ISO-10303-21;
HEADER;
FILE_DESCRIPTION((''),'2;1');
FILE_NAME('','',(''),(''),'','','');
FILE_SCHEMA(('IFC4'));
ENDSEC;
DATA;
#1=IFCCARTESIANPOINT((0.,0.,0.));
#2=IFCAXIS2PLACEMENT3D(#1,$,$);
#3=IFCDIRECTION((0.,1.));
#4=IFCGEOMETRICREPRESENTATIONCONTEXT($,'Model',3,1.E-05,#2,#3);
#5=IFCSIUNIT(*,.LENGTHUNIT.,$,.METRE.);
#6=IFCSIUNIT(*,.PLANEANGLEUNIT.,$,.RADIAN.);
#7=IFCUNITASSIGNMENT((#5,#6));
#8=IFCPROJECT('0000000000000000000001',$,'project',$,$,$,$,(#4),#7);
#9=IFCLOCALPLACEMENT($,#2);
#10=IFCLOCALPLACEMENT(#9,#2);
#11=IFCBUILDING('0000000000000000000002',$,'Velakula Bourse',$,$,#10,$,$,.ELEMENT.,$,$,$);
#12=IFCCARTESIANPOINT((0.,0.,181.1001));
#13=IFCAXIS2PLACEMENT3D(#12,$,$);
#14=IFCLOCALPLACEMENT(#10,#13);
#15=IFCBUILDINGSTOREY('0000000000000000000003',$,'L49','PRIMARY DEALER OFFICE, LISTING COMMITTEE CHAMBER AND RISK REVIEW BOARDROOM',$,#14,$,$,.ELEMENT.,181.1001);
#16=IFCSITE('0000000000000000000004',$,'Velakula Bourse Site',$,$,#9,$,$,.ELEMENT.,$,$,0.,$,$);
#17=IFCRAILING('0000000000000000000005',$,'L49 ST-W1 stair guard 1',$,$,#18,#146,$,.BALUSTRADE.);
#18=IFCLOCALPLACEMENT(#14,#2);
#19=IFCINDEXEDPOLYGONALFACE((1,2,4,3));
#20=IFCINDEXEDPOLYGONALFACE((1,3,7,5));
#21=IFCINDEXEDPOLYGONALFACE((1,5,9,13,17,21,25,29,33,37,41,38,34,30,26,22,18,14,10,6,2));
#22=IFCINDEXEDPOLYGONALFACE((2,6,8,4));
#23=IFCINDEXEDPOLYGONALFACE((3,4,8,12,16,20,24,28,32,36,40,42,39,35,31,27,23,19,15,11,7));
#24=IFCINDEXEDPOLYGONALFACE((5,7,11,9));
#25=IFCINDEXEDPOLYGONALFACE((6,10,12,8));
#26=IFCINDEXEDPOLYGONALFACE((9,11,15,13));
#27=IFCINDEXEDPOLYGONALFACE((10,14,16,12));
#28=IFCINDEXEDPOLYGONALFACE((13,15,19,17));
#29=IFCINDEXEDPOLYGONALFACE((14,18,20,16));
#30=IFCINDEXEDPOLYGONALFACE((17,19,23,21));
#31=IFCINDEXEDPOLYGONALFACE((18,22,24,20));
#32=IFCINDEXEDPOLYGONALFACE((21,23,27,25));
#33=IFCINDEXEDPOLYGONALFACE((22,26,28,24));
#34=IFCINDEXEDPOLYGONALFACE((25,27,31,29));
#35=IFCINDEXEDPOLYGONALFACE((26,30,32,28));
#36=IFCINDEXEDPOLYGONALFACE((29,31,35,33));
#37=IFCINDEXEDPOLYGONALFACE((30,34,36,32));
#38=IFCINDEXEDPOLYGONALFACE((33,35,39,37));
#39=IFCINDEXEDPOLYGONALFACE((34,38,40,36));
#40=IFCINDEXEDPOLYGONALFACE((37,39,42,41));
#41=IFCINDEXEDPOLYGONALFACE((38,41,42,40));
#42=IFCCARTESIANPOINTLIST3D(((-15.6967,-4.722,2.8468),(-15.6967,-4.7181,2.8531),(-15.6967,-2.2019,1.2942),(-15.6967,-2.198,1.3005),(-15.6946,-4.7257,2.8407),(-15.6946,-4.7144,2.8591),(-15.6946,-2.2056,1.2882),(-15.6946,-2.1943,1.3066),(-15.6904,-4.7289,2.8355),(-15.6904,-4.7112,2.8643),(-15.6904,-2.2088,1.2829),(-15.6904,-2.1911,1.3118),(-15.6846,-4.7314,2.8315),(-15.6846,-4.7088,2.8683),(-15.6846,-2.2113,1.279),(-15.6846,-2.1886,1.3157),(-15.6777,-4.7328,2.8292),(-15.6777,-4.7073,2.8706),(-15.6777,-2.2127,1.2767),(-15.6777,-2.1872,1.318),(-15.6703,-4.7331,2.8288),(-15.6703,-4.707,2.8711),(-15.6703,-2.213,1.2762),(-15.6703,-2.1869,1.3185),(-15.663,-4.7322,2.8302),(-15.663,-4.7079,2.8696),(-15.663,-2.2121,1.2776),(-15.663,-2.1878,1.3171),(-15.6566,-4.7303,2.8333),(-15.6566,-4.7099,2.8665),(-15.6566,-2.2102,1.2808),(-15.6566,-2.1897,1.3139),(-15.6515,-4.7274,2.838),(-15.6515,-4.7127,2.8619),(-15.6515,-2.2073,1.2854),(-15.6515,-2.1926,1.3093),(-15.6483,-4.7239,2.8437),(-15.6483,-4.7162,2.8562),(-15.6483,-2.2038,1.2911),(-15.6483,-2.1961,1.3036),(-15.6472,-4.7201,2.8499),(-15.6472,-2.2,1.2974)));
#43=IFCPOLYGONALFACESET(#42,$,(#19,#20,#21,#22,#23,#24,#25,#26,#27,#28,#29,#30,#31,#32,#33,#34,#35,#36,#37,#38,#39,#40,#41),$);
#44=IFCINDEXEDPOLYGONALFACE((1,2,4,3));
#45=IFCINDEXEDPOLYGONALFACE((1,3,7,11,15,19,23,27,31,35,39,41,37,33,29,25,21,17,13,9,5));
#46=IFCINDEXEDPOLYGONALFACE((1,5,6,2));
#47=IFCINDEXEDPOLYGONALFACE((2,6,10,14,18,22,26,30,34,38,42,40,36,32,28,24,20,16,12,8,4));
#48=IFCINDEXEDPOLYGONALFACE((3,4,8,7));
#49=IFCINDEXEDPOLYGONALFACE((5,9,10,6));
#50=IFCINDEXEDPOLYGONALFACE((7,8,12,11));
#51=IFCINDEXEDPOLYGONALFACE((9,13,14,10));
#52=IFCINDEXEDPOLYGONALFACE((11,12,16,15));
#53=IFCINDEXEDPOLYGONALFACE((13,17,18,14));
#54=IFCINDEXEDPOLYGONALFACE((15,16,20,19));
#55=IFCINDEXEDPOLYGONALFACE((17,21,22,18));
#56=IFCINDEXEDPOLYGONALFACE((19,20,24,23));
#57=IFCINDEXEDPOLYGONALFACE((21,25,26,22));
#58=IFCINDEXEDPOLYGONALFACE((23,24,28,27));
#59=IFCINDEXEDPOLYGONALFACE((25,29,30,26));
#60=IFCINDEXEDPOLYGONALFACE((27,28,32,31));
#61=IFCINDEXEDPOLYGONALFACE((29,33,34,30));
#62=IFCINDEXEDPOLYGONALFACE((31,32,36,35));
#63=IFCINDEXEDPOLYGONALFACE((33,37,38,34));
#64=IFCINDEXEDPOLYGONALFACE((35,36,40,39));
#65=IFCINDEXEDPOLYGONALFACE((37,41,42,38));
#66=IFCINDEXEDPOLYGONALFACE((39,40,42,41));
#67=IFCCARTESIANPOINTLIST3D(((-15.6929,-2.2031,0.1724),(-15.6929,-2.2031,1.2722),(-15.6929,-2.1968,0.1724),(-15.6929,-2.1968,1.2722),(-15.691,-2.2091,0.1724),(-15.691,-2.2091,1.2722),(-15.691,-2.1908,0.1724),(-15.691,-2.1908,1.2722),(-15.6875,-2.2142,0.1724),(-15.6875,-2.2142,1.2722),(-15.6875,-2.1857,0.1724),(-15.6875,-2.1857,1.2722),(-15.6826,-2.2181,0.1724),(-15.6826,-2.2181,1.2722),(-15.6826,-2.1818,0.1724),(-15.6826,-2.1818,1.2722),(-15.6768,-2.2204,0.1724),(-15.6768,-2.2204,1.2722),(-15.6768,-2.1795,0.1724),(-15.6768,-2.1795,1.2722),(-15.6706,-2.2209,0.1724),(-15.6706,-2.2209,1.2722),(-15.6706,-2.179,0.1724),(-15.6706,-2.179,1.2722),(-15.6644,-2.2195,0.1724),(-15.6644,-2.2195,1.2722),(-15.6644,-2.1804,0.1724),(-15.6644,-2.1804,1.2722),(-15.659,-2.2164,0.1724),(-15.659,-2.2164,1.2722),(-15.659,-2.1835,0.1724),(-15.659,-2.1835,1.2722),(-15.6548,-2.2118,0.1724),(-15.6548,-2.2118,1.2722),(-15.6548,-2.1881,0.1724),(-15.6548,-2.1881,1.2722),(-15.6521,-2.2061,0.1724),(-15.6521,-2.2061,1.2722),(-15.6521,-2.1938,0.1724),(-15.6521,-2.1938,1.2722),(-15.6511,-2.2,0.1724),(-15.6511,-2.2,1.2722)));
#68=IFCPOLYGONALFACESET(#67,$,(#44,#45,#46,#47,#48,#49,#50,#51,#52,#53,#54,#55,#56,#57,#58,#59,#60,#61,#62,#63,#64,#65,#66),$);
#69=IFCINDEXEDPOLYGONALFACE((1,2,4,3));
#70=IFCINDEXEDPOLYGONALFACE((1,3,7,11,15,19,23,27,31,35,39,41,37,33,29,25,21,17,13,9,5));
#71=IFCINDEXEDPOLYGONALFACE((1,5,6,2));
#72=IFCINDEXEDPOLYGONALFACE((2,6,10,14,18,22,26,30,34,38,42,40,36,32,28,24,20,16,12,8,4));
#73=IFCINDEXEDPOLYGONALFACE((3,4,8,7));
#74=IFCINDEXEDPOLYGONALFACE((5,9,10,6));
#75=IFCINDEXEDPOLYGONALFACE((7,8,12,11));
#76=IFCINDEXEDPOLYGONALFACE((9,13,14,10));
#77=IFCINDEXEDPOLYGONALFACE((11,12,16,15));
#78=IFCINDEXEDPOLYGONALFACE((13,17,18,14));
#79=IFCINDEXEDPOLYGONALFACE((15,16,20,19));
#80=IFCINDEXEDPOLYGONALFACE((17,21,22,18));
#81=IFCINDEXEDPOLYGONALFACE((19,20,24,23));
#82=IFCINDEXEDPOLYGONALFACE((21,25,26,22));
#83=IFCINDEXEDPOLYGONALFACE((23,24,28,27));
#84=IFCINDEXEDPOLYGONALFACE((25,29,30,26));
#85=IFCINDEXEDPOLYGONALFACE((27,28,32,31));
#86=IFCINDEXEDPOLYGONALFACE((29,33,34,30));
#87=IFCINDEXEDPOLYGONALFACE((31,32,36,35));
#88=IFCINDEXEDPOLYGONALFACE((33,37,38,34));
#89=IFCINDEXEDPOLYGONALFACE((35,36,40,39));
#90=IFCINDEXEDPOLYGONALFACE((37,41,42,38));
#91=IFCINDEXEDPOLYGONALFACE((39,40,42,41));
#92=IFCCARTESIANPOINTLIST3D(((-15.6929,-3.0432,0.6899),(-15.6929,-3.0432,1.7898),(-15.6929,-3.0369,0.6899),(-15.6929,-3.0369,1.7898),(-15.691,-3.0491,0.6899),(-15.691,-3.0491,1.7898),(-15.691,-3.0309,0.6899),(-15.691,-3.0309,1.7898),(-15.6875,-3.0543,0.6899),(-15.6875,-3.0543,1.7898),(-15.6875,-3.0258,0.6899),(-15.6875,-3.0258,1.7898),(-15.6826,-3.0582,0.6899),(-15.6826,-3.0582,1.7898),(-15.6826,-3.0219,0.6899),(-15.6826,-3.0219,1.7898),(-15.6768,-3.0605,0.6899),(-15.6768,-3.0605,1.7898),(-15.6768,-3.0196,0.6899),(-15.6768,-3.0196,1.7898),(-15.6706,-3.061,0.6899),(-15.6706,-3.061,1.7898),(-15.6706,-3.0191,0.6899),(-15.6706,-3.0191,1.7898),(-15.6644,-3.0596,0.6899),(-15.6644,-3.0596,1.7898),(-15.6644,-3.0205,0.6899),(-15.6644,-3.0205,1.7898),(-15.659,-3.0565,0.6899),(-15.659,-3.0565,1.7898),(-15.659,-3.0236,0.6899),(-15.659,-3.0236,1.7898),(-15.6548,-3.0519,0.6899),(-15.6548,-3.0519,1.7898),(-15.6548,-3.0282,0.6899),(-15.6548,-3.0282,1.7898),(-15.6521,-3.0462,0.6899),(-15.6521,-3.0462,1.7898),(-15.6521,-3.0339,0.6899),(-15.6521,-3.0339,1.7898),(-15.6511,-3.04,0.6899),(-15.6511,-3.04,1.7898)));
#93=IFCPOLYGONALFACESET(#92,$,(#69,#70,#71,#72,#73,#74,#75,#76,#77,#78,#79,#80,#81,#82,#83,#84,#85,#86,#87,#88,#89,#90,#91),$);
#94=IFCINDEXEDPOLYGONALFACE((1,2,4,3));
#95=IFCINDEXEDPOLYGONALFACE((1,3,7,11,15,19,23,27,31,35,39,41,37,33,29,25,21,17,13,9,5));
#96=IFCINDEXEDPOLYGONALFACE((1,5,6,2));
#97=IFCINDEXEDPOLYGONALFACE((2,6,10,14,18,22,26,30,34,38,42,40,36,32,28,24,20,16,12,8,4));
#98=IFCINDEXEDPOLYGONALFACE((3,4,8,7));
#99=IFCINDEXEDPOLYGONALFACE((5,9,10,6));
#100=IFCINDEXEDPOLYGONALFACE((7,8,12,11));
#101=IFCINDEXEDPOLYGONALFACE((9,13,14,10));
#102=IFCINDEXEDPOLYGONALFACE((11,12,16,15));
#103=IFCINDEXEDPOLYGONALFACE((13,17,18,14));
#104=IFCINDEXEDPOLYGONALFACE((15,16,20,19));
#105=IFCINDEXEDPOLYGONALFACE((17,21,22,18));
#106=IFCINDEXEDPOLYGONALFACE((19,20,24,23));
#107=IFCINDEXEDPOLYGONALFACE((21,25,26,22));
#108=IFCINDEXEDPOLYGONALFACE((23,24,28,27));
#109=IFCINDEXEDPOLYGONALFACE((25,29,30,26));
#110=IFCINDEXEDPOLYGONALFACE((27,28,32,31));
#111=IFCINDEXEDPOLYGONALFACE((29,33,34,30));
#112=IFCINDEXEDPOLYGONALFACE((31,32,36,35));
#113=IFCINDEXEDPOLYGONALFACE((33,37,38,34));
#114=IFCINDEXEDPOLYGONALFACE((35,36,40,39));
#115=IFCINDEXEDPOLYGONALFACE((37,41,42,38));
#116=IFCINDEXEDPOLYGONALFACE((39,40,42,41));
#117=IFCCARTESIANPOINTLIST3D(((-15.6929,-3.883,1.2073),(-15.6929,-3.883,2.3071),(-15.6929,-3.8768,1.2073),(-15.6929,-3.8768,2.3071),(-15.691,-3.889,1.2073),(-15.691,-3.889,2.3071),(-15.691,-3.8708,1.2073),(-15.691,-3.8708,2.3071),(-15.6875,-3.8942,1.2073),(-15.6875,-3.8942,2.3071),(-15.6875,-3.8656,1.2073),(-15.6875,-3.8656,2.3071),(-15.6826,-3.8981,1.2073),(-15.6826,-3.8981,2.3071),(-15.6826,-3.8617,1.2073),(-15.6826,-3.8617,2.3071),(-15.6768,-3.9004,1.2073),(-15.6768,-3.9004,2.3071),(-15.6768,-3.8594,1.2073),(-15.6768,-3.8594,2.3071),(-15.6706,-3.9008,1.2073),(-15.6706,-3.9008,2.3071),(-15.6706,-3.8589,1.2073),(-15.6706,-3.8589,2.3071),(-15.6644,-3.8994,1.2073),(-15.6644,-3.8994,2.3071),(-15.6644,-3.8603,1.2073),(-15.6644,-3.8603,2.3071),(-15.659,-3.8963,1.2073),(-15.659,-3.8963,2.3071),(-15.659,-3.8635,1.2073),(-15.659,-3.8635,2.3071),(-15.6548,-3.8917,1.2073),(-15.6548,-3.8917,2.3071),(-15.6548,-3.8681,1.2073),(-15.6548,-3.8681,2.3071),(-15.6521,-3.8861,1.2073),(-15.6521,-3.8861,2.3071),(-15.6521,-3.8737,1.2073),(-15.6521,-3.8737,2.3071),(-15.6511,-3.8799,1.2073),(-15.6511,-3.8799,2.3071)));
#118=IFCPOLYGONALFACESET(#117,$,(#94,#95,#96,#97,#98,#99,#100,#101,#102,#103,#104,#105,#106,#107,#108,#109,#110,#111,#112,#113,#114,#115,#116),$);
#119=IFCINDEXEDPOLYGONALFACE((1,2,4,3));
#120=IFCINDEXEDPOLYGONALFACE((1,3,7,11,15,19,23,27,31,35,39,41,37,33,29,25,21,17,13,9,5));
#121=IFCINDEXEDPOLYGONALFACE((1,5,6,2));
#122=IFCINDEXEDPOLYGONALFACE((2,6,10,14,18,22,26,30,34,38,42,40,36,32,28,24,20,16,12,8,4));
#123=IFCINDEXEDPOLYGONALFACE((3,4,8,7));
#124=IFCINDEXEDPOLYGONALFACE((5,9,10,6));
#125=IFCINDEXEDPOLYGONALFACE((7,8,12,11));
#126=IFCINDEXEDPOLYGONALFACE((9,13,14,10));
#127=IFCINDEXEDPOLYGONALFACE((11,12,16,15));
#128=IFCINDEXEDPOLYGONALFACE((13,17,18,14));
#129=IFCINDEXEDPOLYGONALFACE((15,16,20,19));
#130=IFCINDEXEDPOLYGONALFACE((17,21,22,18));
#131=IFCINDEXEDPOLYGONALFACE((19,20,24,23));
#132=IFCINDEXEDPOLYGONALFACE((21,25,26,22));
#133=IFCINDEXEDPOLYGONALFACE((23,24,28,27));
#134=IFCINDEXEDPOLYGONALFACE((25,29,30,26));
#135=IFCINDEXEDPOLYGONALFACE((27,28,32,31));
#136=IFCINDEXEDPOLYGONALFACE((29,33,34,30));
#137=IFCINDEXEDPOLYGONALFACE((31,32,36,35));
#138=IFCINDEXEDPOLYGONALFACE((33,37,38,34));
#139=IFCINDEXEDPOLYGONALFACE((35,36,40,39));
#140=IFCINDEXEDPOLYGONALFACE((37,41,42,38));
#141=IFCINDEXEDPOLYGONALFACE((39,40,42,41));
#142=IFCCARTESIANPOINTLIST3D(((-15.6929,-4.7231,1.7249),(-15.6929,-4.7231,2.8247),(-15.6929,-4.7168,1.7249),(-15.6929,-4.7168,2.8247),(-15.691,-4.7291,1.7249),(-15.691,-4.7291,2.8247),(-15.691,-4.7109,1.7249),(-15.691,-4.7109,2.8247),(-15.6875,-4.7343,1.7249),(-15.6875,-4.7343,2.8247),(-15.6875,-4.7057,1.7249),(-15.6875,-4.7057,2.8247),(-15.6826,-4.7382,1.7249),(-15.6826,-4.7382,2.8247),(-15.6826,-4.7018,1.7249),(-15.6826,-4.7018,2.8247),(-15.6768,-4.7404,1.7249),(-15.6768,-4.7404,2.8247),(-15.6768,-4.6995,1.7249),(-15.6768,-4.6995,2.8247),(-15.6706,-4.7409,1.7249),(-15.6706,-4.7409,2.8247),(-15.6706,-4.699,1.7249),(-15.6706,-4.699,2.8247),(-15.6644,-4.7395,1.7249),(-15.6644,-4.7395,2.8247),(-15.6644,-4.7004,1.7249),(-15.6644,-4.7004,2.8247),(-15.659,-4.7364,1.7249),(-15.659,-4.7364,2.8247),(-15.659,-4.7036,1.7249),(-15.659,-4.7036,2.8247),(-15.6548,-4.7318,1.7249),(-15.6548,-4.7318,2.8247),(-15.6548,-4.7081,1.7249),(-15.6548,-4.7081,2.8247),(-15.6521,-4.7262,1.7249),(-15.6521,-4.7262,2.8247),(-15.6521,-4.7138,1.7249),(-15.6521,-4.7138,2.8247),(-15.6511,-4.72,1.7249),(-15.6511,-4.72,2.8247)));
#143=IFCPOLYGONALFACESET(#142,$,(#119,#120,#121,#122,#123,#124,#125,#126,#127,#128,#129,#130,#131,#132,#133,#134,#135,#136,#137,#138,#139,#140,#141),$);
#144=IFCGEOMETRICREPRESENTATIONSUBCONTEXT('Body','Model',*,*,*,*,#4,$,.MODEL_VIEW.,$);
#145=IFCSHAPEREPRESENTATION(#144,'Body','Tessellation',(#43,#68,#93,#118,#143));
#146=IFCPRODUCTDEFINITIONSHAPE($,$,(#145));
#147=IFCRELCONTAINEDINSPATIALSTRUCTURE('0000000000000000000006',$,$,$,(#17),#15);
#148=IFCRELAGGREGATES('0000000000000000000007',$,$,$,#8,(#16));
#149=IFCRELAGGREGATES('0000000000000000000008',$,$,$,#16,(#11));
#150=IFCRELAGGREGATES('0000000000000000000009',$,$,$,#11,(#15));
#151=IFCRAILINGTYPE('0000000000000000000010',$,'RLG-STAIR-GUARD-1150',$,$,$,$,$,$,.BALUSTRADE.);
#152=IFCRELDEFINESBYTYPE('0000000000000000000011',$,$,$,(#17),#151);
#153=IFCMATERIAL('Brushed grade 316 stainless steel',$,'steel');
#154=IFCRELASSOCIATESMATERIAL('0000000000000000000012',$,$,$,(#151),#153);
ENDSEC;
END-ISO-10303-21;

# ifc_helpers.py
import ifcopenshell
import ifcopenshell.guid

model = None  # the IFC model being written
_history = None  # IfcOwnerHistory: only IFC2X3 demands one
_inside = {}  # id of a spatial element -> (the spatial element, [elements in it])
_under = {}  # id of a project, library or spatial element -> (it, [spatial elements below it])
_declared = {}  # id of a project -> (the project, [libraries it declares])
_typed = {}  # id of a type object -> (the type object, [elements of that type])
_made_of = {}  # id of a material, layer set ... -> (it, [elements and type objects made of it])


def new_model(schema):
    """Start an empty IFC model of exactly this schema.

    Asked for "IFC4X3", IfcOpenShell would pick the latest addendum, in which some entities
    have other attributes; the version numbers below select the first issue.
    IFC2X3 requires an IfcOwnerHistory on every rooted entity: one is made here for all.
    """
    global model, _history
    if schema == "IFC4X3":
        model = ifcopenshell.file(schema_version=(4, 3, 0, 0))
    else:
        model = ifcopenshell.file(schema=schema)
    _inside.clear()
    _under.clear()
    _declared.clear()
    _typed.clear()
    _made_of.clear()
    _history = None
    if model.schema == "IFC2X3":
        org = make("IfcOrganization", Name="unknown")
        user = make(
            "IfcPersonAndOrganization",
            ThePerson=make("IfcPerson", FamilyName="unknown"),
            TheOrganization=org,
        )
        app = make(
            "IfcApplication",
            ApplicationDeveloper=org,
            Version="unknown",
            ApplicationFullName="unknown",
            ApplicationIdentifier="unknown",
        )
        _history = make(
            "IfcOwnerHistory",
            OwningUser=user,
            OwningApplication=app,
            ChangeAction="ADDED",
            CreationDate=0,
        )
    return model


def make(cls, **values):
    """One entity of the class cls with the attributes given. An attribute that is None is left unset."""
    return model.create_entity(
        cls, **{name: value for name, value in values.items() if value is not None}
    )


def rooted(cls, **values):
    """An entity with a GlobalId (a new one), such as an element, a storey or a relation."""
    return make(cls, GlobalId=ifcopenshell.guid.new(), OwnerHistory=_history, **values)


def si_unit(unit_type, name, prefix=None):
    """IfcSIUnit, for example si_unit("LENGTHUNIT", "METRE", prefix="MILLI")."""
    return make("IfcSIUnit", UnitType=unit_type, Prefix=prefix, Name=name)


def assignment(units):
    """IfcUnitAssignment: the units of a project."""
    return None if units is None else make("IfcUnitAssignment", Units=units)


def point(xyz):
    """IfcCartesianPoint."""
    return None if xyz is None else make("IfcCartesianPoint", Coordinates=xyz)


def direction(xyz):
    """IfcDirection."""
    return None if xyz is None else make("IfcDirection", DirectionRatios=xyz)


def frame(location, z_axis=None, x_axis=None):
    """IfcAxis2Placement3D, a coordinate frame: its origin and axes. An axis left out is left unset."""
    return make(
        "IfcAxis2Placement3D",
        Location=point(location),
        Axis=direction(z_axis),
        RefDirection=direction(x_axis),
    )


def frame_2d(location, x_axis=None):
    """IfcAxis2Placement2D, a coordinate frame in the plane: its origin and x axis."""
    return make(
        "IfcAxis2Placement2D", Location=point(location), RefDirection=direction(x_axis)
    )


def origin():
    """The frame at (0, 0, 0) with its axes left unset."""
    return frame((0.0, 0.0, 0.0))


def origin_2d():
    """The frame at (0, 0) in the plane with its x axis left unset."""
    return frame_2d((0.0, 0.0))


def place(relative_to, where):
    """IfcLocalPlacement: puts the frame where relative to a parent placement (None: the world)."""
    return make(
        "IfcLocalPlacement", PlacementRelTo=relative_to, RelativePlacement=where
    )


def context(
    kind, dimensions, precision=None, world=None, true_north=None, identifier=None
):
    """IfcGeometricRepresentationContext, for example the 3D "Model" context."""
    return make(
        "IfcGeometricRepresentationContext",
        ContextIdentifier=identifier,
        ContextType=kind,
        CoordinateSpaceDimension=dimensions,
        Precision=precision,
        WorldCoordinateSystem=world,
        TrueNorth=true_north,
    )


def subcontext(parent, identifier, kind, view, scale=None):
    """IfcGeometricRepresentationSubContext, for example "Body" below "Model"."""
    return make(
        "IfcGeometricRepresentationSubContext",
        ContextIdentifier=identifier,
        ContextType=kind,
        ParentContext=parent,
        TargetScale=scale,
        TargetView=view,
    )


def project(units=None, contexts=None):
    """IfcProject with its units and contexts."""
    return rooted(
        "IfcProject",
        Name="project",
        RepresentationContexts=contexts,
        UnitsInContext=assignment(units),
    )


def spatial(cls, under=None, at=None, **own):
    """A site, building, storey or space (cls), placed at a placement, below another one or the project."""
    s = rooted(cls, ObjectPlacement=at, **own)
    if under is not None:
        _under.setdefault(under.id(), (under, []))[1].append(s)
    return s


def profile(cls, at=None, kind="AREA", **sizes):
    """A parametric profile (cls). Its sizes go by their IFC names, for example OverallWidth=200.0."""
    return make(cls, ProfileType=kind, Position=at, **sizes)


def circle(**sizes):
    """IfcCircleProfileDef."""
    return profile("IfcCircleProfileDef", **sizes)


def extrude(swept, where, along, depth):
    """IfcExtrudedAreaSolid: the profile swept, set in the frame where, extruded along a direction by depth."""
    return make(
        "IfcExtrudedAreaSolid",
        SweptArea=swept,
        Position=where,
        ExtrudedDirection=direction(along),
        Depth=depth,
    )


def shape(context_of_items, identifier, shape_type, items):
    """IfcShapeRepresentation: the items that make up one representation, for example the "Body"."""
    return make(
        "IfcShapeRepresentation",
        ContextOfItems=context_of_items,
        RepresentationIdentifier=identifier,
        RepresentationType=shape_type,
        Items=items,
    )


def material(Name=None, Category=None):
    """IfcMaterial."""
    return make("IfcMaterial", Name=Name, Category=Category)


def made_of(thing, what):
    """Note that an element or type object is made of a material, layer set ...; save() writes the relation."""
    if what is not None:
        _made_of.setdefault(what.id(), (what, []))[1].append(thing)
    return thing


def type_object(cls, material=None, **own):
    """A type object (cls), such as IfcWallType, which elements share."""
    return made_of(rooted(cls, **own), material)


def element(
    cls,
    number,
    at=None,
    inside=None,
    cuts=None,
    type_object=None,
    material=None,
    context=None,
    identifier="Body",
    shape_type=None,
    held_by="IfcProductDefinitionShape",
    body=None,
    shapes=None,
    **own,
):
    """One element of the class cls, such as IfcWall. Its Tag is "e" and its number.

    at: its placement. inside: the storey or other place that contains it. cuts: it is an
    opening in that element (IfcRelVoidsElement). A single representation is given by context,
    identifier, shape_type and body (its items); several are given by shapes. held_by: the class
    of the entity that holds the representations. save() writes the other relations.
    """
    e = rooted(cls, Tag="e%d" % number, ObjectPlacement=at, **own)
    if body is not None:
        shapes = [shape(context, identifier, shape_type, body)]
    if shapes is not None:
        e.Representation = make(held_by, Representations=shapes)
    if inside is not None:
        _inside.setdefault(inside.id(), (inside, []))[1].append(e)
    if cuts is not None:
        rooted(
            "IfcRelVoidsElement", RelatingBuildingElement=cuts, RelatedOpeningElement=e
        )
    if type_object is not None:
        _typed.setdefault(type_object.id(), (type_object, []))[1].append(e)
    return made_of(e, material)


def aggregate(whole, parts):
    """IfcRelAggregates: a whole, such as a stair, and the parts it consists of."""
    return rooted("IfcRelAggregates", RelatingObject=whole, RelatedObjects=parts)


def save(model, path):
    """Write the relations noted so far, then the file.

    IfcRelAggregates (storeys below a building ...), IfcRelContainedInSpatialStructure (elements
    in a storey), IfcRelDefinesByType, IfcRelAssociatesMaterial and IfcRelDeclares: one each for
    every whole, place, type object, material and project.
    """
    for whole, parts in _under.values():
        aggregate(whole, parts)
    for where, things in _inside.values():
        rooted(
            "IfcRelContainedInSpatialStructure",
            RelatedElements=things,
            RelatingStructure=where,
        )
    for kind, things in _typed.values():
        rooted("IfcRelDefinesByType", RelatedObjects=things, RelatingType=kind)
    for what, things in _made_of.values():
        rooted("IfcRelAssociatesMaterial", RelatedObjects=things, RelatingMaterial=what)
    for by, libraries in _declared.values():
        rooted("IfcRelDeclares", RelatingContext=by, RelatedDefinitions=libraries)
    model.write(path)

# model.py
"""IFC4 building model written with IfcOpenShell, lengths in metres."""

from ifc_helpers import new_model, si_unit, direction, frame, origin, origin_2d, place, context, subcontext, project, spatial, circle, extrude, material, type_object, element, save


model = new_model("IFC4")

# Units and contexts
model_context = context("Model", 3, precision=1e-05, world=origin(), true_north=direction((0.0, 1.0)))
body_context = subcontext(model_context, "Body", "Model", "MODEL_VIEW")
ifc_project = project(units=[si_unit("LENGTHUNIT", "METRE"), si_unit("PLANEANGLEUNIT", "RADIAN")], contexts=[model_context])

# Site, building, storey
site_placement = place(None, origin())
site = spatial("IfcSite", under=ifc_project, at=site_placement, Name="Velakula Bourse Site", CompositionType="ELEMENT", RefElevation=0.0)
building_placement = place(site_placement, origin())
building = spatial("IfcBuilding", under=site, at=building_placement, Name="Velakula Bourse", CompositionType="ELEMENT")
storey_placement = place(building_placement, frame((0.0, 0.0, 181.1001)))
storey = spatial("IfcBuildingStorey", under=building, at=storey_placement, Name="L49", Description="PRIMARY DEALER OFFICE, LISTING COMMITTEE CHAMBER AND RISK REVIEW BOARDROOM", CompositionType="ELEMENT", Elevation=181.1001)

# Shared definitions
ifc_material_1 = material(Name="Brushed grade 316 stainless steel", Category="steel")

# Railing
railing_type_1 = type_object("IfcRailingType", Name="RLG-STAIR-GUARD-1150", PredefinedType="BALUSTRADE", material=ifc_material_1)
railing_1_placement = place(storey_placement, frame((-15.6721, -2.2, 0.1724)))
element("IfcRailing", 1, at=railing_1_placement, inside=storey, type_object=railing_type_1, Name="L49 ST-W1 stair guard 1", PredefinedType="BALUSTRADE", context=body_context, shape_type="SweptSolid", body=[
    extrude(circle(Radius=0.0249, at=origin_2d()), frame((0.0, 0.0, 1.125), z_axis=(0.0, -0.8514, 0.524516), x_axis=(1.0, 0.0, 0.0)), (0.0, 0.0, 1.0), 2.96),
    extrude(circle(Radius=0.021, at=origin_2d()), origin(), (0.0, 0.0, 1.0), 1.0999),
    extrude(circle(Radius=0.021, at=origin_2d()), frame((0.0, -0.8401, 0.5176)), (0.0, 0.0, 1.0), 1.0999),
    extrude(circle(Radius=0.021, at=origin_2d()), frame((0.0, -1.6799, 1.0349)), (0.0, 0.0, 1.0), 1.0999),
    extrude(circle(Radius=0.021, at=origin_2d()), frame((0.0, -2.52, 1.5525)), (0.0, 0.0, 1.0), 1.0999),
])

save(model, "model.ifc")
